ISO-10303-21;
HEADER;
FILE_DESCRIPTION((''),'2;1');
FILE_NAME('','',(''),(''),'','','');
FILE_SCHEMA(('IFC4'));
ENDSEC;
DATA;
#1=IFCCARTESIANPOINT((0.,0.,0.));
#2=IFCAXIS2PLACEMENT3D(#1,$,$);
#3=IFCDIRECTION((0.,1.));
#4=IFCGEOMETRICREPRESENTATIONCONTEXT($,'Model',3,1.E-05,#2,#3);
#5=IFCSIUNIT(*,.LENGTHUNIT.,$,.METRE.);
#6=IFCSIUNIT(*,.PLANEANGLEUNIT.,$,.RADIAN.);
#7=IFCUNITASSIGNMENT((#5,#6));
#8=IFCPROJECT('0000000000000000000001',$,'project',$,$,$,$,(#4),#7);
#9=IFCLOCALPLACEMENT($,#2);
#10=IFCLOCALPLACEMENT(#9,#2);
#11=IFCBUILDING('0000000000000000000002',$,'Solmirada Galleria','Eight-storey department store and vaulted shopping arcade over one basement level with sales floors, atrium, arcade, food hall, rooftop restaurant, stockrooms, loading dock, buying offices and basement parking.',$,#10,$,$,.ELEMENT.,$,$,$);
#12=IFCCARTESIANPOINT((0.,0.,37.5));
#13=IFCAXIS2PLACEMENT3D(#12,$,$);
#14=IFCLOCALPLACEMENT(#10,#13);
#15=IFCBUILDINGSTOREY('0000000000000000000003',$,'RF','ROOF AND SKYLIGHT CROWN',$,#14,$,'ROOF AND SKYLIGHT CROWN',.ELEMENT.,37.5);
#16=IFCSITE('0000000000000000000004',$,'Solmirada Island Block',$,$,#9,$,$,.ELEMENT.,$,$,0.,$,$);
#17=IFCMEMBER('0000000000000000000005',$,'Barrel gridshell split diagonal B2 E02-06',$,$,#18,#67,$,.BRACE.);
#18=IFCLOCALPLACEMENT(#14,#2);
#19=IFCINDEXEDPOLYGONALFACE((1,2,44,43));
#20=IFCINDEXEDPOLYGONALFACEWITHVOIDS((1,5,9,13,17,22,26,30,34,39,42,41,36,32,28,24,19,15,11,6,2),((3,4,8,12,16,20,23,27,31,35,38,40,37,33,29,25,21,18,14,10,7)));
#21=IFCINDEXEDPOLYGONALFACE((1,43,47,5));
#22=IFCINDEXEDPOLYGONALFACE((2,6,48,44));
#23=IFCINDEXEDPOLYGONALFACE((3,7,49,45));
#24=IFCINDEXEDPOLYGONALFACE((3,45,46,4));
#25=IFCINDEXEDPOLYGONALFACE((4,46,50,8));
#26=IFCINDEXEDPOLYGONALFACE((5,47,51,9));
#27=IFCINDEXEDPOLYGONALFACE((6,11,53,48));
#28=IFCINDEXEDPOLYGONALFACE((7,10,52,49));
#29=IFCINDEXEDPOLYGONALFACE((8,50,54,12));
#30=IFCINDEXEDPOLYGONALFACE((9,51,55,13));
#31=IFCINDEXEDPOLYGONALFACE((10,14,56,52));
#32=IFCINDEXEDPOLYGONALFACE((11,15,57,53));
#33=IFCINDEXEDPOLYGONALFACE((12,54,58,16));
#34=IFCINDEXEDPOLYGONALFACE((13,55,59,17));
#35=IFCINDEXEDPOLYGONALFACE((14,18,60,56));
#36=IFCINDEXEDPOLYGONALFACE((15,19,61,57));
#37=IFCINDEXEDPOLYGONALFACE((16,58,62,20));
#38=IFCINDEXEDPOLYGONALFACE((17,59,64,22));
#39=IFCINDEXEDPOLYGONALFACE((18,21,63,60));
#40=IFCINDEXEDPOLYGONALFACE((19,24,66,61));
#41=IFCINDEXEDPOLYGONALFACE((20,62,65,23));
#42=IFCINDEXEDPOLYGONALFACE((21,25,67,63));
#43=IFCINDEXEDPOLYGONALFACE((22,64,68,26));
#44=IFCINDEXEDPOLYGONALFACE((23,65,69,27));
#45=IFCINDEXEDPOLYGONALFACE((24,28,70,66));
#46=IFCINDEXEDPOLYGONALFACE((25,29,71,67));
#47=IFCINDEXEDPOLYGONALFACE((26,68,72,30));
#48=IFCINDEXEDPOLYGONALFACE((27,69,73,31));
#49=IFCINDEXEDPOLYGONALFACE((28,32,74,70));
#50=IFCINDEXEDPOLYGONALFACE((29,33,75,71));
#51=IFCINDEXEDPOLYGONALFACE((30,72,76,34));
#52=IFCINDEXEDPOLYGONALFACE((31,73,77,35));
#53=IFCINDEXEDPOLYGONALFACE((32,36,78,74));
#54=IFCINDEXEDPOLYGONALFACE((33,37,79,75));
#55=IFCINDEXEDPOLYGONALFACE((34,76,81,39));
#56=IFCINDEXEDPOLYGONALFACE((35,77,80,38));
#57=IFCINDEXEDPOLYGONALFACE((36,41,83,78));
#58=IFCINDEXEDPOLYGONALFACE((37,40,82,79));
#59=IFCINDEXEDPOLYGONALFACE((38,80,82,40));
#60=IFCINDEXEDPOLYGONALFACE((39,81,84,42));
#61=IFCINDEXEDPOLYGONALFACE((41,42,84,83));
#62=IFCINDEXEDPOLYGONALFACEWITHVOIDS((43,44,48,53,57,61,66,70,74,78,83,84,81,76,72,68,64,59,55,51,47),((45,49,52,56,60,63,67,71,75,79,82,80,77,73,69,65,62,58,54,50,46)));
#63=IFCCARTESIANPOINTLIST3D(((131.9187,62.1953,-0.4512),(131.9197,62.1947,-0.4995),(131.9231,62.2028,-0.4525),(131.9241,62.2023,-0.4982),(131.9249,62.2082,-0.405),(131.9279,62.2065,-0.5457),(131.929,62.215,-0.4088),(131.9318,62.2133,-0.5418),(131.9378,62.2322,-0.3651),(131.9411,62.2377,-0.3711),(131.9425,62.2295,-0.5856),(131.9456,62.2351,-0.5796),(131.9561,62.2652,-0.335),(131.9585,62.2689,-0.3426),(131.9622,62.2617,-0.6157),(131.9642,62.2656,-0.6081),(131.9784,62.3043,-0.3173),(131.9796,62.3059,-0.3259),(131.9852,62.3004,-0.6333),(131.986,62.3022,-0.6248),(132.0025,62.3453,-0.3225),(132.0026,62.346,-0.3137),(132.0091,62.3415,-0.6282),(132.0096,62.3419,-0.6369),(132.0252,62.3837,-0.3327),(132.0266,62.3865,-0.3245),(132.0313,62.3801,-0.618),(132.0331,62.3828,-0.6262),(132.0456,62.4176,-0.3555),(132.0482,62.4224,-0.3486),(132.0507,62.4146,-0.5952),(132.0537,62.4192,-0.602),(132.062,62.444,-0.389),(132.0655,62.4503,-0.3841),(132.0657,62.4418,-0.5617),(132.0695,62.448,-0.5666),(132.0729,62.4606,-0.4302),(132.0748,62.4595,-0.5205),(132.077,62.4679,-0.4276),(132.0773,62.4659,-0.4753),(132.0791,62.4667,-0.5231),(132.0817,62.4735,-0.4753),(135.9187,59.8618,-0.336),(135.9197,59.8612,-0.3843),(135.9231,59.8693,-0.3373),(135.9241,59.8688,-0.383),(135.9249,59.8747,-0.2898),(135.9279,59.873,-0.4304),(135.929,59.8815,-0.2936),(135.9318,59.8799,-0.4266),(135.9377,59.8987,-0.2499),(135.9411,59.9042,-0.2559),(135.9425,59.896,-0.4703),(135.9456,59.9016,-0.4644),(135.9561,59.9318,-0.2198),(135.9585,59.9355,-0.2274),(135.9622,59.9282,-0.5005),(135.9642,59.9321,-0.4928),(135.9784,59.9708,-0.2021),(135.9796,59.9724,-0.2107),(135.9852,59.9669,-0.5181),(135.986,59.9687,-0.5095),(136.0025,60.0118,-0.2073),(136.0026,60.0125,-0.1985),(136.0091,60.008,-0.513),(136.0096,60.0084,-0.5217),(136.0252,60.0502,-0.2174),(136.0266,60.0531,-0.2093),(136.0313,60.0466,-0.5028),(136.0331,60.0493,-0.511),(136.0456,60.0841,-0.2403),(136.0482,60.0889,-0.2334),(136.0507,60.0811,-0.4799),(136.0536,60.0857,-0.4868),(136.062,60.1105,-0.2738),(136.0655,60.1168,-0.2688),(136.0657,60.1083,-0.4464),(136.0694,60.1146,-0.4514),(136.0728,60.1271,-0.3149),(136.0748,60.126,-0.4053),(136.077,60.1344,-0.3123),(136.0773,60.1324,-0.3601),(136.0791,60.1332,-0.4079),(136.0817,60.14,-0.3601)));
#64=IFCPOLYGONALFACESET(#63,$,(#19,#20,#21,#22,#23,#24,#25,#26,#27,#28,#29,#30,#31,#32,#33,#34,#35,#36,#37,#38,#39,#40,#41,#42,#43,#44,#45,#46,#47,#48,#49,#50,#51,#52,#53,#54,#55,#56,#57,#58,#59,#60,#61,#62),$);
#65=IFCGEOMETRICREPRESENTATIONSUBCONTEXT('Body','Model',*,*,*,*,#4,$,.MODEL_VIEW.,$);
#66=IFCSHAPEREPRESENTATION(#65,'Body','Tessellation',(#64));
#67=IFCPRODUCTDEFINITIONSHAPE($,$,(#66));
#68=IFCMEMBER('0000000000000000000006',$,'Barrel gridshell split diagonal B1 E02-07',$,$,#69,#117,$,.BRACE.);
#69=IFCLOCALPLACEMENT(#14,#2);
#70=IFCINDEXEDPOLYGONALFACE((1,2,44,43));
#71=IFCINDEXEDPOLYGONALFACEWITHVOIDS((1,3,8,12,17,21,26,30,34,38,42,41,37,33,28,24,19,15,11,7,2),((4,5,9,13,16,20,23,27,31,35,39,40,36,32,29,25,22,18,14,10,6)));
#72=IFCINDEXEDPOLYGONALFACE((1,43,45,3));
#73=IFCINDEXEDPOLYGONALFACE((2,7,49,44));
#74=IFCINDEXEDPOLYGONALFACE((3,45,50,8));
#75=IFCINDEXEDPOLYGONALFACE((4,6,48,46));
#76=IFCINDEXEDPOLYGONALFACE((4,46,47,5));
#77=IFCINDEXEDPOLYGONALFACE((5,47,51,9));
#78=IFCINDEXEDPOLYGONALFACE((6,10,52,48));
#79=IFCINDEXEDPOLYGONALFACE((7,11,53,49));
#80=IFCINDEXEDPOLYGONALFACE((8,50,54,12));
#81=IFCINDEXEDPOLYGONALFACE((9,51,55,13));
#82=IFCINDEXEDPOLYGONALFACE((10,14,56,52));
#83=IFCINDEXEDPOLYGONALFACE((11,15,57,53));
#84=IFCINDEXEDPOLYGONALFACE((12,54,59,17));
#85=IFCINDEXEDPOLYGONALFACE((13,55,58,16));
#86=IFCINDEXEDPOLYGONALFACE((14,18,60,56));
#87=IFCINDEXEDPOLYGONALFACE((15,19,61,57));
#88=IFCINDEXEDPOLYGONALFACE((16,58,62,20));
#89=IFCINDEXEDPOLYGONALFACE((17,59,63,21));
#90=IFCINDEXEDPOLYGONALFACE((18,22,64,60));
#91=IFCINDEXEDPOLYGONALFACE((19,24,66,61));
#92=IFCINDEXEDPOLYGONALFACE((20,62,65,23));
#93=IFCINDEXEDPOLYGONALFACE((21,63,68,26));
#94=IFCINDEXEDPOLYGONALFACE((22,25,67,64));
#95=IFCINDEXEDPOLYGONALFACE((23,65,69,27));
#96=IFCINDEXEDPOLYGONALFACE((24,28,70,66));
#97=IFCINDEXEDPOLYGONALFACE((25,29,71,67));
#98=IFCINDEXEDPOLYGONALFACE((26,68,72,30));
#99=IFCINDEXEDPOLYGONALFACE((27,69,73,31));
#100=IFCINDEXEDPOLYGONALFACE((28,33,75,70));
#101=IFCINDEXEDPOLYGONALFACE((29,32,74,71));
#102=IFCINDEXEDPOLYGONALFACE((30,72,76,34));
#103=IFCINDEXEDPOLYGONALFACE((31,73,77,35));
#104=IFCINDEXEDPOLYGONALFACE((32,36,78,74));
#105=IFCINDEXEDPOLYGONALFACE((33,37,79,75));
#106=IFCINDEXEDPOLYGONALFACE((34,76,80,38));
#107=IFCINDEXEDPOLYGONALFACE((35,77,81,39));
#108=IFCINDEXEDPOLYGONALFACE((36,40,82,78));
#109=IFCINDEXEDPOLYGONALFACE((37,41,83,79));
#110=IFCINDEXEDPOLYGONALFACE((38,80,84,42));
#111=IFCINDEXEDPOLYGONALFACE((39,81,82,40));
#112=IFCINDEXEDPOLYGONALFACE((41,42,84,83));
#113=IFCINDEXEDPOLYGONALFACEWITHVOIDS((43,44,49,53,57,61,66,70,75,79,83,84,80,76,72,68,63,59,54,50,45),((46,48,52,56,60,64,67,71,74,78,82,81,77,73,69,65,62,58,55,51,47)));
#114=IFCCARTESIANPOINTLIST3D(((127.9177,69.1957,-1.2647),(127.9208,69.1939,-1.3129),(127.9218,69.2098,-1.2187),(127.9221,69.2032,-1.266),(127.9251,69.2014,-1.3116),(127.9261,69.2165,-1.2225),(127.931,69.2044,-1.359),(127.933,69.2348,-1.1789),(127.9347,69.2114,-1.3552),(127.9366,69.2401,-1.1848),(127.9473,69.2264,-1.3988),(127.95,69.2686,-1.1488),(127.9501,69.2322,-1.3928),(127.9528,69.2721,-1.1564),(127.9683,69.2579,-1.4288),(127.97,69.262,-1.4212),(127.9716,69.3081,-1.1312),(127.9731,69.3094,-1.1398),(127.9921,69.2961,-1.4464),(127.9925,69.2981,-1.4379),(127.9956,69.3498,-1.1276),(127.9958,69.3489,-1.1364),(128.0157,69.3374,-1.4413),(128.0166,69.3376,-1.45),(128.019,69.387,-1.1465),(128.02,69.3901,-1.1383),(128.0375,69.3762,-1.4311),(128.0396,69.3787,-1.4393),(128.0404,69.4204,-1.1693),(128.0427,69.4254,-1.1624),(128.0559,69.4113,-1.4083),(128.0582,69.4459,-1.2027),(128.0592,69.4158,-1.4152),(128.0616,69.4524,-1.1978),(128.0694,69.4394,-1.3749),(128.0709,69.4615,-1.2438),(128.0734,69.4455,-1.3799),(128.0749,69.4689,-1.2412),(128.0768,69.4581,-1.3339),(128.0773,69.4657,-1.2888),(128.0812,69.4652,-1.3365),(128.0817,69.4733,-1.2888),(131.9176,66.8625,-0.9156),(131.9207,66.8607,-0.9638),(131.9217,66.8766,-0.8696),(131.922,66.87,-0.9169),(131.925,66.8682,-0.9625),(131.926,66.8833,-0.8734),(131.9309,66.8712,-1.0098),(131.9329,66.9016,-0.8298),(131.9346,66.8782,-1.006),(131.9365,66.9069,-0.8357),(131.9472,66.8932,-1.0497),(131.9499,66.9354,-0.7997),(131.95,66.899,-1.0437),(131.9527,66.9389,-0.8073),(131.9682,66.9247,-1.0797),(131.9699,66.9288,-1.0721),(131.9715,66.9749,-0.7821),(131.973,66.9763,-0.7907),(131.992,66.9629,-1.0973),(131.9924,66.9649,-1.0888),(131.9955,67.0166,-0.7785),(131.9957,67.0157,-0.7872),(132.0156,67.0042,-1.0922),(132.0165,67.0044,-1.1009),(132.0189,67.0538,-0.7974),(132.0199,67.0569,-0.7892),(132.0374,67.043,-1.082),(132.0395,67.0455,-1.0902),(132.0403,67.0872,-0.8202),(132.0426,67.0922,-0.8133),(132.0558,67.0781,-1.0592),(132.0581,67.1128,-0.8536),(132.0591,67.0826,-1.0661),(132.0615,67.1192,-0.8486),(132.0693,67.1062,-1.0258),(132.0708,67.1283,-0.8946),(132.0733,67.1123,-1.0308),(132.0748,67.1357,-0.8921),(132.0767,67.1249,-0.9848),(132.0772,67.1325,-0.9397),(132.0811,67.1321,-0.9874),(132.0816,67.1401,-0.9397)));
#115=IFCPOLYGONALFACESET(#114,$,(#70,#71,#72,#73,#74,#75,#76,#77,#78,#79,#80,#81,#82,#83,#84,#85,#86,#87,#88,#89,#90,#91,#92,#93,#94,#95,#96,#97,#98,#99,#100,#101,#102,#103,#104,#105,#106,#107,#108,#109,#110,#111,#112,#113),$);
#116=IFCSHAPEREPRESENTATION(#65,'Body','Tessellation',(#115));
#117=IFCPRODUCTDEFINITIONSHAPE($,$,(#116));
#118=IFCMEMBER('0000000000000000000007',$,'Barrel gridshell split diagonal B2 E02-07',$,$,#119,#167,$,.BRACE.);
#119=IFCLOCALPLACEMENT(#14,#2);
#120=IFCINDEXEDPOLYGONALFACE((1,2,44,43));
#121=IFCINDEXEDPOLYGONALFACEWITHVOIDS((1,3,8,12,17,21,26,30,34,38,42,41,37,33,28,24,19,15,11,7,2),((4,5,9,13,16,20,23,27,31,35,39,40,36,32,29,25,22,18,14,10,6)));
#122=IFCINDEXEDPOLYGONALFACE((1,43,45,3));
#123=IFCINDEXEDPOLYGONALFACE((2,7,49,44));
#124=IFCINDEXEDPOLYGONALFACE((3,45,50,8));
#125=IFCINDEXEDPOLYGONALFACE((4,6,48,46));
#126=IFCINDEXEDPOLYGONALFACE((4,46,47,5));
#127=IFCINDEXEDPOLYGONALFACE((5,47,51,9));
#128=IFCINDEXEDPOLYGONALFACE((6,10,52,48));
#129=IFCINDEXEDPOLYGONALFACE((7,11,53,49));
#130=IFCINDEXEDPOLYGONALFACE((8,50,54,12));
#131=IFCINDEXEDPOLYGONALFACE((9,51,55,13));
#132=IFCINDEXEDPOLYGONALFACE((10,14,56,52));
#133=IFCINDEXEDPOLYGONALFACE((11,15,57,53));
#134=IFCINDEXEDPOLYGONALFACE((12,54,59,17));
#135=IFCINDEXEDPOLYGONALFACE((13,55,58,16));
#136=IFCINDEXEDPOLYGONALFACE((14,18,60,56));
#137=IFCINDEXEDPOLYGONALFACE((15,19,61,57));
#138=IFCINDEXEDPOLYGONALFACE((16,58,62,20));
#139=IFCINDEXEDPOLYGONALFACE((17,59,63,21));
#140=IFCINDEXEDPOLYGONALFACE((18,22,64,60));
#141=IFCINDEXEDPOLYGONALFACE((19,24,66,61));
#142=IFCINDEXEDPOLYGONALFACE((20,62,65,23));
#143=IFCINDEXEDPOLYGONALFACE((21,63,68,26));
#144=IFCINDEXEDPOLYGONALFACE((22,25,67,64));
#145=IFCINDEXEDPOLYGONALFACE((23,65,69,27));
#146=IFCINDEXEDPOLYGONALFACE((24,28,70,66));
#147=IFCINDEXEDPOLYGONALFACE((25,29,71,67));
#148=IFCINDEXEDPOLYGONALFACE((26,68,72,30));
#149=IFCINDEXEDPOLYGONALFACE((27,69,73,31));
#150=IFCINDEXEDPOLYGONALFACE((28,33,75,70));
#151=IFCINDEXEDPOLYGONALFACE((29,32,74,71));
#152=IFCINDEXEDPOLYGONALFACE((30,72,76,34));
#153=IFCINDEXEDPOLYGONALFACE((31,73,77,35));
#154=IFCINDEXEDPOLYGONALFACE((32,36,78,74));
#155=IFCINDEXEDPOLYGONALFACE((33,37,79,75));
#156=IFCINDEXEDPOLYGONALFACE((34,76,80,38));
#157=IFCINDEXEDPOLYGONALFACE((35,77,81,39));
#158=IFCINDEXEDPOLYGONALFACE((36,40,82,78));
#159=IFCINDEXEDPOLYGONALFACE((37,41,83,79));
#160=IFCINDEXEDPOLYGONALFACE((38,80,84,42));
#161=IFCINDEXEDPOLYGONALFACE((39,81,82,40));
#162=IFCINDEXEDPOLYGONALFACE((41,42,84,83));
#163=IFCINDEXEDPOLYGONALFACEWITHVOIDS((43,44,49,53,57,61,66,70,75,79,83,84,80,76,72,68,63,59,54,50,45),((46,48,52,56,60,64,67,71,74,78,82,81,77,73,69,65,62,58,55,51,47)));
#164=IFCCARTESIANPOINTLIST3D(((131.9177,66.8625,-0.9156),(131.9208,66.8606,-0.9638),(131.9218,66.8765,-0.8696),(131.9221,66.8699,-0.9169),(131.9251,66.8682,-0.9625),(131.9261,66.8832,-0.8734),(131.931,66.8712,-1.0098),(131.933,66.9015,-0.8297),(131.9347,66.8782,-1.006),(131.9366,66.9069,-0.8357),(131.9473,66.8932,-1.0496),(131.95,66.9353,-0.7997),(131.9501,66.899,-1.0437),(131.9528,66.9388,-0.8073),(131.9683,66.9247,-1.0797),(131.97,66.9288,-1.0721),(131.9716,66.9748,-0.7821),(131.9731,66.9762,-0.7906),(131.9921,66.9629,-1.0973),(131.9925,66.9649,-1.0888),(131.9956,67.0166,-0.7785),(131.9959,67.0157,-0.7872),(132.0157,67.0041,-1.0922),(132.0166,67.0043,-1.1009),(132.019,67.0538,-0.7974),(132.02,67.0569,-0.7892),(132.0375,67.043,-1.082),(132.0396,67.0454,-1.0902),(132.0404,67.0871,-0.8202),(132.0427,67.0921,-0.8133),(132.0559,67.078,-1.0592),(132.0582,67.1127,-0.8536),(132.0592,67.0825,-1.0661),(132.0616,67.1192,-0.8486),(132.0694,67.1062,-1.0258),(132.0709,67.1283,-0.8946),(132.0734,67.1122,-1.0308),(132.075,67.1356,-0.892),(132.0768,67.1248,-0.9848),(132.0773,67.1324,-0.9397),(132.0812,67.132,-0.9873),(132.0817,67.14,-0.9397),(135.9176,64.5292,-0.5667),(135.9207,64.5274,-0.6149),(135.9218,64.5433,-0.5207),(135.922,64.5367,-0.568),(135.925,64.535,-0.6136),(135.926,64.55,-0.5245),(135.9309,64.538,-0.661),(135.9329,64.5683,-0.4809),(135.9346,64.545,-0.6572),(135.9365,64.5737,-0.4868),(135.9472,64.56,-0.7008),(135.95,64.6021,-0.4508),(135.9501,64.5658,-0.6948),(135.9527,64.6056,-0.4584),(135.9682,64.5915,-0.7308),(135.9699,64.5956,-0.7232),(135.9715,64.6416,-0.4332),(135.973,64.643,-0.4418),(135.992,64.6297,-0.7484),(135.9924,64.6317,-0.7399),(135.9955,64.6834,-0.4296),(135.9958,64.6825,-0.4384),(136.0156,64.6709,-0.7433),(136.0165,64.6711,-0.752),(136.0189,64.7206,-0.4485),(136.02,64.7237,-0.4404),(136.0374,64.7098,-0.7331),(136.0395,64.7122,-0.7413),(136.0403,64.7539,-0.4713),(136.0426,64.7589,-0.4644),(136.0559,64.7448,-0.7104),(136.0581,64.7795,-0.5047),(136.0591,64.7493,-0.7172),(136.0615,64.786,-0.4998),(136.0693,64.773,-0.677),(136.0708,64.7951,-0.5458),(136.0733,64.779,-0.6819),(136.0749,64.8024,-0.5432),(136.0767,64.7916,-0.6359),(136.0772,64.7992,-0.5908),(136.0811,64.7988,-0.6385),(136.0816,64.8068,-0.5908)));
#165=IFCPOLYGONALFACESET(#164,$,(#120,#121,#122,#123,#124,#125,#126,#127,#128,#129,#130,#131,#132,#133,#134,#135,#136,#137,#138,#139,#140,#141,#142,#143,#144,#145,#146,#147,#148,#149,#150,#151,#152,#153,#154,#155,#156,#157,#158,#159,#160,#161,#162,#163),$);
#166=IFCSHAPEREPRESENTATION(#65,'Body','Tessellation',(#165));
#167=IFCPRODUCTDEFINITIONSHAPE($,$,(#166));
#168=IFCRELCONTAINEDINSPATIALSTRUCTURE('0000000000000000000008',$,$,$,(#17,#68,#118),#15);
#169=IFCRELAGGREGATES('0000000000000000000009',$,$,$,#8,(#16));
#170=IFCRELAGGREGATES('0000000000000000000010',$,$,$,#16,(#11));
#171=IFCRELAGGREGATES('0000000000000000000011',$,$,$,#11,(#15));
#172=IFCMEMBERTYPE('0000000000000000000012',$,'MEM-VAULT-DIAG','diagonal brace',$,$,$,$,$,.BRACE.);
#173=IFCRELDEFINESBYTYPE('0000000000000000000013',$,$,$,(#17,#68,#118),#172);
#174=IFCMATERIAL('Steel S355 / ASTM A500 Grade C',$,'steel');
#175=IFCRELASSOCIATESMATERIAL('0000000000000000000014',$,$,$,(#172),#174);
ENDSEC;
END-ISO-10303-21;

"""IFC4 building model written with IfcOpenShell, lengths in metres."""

from ifc_helpers import new_model, si_unit, direction, frame, origin, origin_2d, place, context, subcontext, project, spatial, hollow_circle, extrude, material, material_profile, profile_set, type_object, element, save


model = new_model("IFC4")

# Units and contexts
model_context = context("Model", 3, precision=1e-05, world=origin(), true_north=direction((0.0, 1.0)))
body_context = subcontext(model_context, "Body", "Model", "MODEL_VIEW")
ifc_project = project(units=[si_unit("LENGTHUNIT", "METRE"), si_unit("PLANEANGLEUNIT", "RADIAN")], contexts=[model_context])

# Site, building, storey
site_placement = place(None, origin())
site = spatial("IfcSite", under=ifc_project, at=site_placement, Name="Solmirada Island Block", CompositionType="ELEMENT", RefElevation=0.0)
building_placement = place(site_placement, origin())
building = spatial("IfcBuilding", under=site, at=building_placement, Name="Solmirada Galleria", Description="Eight-storey department store and vaulted shopping arcade over one basement level with sales floors, atrium, arcade, food hall, rooftop restaurant, stockrooms, loading dock, buying offices and basement parking.", CompositionType="ELEMENT")
storey_placement = place(building_placement, frame((0.0, 0.0, 37.5)))
storey = spatial("IfcBuildingStorey", under=building, at=storey_placement, Name="RF", Description="ROOF AND SKYLIGHT CROWN", LongName="ROOF AND SKYLIGHT CROWN", CompositionType="ELEMENT", Elevation=37.5)

# Members
ifc_material_1 = material(Name="Steel S355 / ASTM A500 Grade C", Category="steel")
ifc_material_profile_1 = material_profile(ifc_material_1, hollow_circle(Radius=0.1621, WallThickness=0.0088, at=origin_2d()), Name="HSS12.750X0.375")
ifc_profile_set_1 = profile_set([ifc_material_profile_1], Name="Steel S355 / ASTM A500 Grade C")
member_type_1 = type_object("IfcMemberType", Name="MEM-VAULT-DIAG", Description="diagonal brace", PredefinedType="BRACE", material=ifc_profile_set_1)
member_1_placement = place(storey_placement, frame((132.0, 62.3335, -0.4753), z_axis=(0.863496, -0.503741, 0.024876), x_axis=(0.503897, 0.863764, 0.0)))
element("IfcMember", 1, at=member_1_placement, inside=storey, type_object=member_type_1, Name="Barrel gridshell split diagonal B2 E02-06", PredefinedType="BRACE", context=body_context, shape_type="SweptSolid", body=[
    extrude(hollow_circle(Radius=0.1621, WallThickness=0.0088, at=origin_2d()), origin(), (0.0, 0.0, 1.0), 4.6323),
])
for number, where, z_axis, x_axis, name in (
    (2, (128.0, 69.3333, -1.2888), (0.861342, -0.502432, 0.075178), (0.503858, 0.863787, 0.0), "Barrel gridshell split diagonal B1 E02-07"),
    (3, (132.0, 67.0, -0.9397), (0.861346, -0.502434, 0.075126), (0.503858, 0.863787, 0.0), "Barrel gridshell split diagonal B2 E02-07"),
):
    element("IfcMember", number, at=place(storey_placement, frame(where, z_axis=z_axis, x_axis=x_axis)), inside=storey, type_object=member_type_1, Name=name, PredefinedType="BRACE", context=body_context, shape_type="SweptSolid", body=[
        extrude(hollow_circle(Radius=0.1621, WallThickness=0.0088, at=origin_2d()), origin(), (0.0, 0.0, 1.0), 4.6438),
    ])

save(model, "model.ifc")
